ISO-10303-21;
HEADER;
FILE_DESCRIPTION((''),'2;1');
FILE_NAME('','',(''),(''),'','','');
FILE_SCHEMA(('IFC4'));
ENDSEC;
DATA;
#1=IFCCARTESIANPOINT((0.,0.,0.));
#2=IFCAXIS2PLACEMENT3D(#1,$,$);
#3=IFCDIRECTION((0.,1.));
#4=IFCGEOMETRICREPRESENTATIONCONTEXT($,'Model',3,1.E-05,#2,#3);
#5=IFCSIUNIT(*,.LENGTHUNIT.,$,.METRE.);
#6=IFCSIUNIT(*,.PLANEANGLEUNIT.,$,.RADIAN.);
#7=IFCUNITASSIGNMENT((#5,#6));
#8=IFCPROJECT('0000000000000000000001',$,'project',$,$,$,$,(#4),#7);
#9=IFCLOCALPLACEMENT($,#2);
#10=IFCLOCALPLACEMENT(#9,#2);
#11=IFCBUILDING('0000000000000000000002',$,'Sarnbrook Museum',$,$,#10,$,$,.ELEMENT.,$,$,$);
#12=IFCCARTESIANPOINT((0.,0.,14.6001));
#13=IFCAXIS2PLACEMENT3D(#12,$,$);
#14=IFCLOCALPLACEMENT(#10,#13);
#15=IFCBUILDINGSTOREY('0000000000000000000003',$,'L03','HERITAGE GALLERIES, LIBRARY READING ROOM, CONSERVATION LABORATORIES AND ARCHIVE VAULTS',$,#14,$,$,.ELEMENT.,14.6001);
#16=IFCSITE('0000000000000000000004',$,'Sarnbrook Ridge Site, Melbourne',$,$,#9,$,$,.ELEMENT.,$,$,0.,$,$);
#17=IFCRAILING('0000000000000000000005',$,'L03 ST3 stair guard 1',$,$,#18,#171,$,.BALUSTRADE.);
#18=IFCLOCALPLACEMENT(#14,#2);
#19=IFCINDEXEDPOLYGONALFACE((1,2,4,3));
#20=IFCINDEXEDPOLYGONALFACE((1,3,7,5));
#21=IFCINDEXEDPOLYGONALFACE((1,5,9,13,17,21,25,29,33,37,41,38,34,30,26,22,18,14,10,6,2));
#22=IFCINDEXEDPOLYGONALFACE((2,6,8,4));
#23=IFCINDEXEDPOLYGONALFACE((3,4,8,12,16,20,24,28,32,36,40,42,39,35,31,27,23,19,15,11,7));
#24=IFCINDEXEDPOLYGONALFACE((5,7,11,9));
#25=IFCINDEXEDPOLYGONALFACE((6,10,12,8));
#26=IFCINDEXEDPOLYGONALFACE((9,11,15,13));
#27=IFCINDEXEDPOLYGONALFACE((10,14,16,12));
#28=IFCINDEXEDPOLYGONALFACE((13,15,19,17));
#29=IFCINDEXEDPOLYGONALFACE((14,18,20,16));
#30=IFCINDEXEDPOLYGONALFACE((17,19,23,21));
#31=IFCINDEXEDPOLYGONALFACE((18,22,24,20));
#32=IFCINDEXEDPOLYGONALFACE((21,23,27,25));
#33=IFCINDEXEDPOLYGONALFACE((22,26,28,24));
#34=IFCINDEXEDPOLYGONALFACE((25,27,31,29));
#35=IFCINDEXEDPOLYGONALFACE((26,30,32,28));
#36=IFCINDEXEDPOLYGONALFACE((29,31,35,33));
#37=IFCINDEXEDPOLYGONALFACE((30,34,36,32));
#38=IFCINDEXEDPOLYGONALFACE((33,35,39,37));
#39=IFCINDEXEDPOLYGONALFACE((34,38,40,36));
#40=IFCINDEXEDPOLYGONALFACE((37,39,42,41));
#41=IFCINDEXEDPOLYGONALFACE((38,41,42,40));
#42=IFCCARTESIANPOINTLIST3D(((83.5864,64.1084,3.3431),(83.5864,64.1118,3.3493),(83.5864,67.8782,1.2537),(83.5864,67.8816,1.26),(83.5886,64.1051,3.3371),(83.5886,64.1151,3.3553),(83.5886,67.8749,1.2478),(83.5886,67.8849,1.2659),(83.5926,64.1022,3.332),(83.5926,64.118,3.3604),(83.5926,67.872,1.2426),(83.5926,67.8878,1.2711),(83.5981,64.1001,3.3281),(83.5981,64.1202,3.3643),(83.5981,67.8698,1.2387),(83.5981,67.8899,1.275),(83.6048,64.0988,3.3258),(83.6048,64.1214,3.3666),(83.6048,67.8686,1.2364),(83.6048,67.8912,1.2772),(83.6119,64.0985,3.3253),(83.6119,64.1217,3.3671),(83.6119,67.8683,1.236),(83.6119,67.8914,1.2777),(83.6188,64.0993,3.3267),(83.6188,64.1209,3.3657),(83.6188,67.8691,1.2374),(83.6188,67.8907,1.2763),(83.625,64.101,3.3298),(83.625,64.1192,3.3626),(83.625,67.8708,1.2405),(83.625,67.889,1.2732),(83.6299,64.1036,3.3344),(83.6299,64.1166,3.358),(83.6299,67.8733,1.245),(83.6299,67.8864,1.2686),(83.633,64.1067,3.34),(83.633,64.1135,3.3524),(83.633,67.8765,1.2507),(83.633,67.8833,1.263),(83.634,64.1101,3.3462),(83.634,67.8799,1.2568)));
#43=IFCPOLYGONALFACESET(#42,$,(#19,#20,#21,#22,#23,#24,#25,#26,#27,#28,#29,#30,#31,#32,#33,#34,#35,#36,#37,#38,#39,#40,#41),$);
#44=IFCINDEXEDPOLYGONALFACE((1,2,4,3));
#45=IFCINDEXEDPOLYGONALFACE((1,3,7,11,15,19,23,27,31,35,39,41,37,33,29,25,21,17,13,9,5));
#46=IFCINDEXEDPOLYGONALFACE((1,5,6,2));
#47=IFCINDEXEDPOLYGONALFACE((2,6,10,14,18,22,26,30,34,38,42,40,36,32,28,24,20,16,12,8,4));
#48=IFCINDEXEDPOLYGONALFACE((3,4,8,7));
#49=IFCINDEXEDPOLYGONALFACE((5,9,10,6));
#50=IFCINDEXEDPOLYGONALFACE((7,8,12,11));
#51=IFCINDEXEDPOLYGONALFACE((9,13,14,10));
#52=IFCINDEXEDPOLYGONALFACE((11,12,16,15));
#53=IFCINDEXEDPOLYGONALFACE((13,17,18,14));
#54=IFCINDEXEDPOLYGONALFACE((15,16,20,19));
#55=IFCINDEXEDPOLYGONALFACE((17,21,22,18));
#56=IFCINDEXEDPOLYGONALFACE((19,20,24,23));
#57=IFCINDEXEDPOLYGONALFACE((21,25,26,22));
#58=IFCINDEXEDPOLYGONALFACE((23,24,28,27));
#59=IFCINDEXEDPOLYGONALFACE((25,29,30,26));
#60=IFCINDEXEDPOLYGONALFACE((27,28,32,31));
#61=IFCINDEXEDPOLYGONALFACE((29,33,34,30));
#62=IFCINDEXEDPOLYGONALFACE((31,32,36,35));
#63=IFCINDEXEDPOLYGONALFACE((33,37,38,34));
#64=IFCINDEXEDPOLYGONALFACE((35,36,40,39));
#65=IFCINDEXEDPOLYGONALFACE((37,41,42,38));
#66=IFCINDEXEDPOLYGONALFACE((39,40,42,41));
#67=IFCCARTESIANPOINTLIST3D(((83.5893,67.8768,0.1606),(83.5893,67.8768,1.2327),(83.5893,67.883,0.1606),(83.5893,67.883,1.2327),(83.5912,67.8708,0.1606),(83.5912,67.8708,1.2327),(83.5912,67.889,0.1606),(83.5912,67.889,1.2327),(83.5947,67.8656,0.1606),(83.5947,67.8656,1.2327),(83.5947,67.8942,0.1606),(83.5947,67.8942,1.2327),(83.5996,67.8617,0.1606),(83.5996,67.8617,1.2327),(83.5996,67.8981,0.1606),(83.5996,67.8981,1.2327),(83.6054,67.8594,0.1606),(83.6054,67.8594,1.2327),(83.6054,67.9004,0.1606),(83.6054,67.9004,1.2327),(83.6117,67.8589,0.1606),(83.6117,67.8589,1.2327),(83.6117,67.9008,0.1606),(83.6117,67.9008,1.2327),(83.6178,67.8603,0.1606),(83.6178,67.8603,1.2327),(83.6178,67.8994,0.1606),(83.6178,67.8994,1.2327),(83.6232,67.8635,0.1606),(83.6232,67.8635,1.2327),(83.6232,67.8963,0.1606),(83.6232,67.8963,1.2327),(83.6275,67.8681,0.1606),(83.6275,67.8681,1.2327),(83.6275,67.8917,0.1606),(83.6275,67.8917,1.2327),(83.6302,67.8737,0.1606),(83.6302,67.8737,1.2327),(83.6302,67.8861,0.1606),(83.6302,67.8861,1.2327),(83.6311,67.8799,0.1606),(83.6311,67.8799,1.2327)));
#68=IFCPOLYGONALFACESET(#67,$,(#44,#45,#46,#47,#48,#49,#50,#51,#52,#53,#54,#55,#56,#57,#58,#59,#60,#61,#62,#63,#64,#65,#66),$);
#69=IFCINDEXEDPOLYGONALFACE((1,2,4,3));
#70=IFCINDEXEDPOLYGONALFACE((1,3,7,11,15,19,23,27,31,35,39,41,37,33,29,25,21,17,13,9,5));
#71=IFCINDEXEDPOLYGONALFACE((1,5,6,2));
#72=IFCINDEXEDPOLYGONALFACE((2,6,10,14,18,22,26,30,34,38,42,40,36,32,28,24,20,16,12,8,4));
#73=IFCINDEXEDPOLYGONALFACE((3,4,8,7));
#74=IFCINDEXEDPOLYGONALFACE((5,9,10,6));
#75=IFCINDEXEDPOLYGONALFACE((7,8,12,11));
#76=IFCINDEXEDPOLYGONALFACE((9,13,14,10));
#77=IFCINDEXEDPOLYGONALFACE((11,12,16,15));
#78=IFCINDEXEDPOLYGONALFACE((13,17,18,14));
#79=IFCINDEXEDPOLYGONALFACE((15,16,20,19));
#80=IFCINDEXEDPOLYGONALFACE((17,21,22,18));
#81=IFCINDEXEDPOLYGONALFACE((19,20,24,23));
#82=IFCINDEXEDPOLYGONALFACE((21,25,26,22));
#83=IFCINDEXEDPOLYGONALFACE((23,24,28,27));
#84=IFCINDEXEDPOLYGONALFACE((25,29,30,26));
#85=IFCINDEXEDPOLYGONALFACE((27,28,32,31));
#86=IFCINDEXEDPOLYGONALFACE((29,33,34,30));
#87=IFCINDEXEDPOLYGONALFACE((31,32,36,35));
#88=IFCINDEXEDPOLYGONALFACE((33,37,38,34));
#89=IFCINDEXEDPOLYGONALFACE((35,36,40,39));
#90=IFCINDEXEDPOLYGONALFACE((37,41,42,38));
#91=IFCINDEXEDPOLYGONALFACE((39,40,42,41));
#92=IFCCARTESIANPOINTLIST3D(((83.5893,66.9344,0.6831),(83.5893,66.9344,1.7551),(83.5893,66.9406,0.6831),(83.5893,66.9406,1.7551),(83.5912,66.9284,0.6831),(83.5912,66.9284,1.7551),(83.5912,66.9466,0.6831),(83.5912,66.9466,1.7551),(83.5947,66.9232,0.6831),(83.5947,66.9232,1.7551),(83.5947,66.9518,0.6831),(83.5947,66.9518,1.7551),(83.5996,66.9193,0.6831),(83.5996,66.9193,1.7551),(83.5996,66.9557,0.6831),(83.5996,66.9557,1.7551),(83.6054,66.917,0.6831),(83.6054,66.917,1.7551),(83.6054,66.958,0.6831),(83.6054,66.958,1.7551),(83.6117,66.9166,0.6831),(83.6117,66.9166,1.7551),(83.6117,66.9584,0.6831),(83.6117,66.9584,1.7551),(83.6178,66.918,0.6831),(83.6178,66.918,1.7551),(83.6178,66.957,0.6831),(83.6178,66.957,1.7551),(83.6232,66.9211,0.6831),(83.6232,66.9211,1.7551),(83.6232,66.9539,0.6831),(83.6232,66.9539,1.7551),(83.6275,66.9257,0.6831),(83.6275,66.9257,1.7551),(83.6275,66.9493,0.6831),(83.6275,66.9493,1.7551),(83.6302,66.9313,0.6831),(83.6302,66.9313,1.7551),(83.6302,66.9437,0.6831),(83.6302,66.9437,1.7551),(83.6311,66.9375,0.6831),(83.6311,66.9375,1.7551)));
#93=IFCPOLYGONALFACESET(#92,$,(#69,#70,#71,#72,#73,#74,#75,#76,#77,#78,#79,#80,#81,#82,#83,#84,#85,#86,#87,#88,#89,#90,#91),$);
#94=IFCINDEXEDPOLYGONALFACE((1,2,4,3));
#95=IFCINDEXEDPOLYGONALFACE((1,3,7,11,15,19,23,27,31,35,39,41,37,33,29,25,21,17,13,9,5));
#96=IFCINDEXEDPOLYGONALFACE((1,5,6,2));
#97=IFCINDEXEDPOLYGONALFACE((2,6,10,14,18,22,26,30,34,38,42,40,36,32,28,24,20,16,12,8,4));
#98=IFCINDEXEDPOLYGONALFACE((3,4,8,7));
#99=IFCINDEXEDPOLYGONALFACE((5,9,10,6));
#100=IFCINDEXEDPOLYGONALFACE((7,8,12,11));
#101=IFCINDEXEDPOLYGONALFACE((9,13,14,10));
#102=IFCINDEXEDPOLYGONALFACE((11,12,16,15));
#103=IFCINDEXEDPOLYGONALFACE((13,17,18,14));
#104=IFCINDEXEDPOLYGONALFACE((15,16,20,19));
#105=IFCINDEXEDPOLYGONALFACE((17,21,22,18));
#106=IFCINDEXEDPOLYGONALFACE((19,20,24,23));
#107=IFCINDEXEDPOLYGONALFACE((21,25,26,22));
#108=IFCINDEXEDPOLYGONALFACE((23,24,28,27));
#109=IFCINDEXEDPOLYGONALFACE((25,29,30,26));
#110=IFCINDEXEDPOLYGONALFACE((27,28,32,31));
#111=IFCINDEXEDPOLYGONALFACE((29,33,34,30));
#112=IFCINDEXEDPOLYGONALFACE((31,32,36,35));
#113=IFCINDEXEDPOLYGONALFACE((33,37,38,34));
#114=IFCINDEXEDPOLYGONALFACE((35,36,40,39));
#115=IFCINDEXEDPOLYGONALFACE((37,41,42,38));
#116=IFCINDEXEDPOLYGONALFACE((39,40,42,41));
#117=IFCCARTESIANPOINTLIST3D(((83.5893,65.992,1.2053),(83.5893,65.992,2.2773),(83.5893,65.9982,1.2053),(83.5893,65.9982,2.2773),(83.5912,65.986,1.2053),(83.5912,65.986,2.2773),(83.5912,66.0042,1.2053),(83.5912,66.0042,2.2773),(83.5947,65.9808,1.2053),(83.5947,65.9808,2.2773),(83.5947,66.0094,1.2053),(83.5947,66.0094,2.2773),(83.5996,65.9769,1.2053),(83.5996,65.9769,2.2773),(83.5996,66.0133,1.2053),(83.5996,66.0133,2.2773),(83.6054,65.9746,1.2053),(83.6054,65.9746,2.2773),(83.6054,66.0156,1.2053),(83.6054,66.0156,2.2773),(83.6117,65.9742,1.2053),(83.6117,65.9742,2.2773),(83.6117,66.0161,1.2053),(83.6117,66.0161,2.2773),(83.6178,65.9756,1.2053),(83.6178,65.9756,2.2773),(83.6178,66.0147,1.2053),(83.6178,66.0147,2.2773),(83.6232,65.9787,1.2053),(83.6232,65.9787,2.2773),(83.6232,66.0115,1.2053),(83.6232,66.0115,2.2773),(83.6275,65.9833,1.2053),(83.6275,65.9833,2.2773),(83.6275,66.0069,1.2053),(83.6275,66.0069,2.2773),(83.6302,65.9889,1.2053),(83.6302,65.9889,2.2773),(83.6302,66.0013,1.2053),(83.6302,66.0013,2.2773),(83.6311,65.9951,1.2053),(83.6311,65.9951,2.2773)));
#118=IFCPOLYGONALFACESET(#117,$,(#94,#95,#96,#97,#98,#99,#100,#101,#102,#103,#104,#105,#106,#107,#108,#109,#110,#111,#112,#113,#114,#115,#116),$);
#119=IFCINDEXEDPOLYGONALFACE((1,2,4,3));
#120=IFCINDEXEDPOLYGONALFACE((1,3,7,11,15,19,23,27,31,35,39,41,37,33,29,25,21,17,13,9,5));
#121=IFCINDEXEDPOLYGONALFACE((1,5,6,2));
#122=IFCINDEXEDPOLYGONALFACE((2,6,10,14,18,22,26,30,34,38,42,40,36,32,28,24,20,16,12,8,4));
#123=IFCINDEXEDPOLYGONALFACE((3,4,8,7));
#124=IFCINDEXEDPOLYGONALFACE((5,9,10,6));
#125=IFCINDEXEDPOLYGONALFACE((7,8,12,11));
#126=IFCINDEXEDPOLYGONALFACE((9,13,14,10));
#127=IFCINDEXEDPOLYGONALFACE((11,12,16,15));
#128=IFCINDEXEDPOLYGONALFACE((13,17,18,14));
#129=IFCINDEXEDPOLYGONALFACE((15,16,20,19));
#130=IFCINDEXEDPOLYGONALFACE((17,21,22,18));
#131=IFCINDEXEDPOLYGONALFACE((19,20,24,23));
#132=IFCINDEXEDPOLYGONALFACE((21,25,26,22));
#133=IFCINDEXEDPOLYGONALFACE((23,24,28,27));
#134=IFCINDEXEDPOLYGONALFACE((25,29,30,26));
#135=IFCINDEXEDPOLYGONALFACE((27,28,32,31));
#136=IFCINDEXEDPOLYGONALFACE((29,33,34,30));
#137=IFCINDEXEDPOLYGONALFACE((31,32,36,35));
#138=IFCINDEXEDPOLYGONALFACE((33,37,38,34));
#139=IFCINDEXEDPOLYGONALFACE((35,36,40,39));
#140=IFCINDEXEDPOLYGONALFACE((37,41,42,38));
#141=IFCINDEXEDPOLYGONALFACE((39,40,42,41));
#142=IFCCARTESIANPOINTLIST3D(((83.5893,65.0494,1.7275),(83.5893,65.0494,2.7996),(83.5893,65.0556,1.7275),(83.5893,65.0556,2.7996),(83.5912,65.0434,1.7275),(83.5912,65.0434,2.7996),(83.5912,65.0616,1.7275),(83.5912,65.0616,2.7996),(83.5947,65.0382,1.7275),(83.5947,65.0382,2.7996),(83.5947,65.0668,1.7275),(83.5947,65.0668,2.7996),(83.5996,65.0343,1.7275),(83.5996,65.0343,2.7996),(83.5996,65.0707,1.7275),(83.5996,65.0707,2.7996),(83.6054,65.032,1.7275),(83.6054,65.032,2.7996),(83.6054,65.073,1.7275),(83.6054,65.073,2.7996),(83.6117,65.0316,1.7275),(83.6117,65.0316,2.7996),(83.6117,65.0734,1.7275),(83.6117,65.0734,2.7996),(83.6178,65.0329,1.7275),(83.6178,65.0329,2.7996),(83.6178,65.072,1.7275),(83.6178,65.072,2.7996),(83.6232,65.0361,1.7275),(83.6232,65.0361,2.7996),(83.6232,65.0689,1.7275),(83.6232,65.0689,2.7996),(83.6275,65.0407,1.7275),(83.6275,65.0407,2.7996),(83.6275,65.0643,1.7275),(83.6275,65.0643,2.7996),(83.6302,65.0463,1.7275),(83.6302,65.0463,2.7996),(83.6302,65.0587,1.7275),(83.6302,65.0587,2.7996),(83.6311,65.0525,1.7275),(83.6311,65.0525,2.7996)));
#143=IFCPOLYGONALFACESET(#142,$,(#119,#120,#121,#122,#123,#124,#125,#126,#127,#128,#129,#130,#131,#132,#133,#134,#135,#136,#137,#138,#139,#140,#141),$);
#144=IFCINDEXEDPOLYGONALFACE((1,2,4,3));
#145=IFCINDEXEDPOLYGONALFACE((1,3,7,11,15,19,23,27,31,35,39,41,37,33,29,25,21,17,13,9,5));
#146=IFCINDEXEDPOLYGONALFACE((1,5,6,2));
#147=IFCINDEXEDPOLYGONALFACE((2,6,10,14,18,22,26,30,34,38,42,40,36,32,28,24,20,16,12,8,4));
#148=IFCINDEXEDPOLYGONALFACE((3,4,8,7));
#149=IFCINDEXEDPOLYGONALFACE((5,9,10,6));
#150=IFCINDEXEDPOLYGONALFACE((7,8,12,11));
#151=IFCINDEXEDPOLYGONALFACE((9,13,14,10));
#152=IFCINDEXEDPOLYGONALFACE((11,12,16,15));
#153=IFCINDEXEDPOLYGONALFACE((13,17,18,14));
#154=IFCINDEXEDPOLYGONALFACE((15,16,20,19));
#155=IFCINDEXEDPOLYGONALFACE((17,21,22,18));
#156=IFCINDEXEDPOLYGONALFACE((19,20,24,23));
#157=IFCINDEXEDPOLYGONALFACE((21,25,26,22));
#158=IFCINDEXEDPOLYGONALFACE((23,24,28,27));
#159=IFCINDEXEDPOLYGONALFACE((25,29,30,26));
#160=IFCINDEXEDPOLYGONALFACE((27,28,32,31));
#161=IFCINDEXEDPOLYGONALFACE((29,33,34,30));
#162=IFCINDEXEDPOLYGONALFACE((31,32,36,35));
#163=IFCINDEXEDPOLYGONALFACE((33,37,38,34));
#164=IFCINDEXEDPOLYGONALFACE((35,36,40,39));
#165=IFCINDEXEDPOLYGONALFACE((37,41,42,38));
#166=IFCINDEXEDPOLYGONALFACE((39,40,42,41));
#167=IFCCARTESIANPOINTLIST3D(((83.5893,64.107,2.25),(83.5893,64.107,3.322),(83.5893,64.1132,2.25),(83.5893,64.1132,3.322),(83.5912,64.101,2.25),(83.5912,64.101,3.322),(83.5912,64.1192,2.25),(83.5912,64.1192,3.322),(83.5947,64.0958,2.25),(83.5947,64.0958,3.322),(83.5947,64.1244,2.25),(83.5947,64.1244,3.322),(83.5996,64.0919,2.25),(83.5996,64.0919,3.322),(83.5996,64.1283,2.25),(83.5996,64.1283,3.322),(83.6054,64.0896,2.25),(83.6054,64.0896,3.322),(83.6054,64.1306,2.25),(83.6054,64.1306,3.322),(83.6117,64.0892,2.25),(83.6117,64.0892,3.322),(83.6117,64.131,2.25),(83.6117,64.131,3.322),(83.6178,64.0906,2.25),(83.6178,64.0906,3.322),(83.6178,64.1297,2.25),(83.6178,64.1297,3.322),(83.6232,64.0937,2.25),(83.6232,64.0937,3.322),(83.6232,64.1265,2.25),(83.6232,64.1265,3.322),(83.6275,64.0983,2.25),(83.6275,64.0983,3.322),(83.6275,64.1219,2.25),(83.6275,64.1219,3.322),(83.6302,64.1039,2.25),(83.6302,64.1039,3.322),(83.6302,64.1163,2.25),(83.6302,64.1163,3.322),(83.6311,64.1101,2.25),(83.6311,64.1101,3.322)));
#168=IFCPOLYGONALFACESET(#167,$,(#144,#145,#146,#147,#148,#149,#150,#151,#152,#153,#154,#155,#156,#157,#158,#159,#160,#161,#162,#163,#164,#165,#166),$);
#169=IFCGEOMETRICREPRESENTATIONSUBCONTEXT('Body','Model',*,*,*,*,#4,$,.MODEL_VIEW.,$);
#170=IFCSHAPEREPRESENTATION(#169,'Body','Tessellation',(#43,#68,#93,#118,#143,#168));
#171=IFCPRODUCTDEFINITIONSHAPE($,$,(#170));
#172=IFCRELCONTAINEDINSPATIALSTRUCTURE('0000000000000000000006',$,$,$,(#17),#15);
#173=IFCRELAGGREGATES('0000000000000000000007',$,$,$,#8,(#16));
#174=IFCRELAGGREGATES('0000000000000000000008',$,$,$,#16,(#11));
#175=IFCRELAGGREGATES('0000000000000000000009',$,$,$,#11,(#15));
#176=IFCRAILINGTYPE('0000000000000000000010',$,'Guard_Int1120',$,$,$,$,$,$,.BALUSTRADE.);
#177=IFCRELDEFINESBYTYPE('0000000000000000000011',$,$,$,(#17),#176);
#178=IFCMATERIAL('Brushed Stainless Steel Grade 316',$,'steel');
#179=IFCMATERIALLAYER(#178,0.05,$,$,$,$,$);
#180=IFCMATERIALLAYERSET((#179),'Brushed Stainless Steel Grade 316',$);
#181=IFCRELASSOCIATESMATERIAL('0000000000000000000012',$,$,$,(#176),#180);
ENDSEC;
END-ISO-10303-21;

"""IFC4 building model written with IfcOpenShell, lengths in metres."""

from ifc_helpers import new_model, si_unit, direction, frame, origin, origin_2d, place, context, subcontext, project, spatial, circle, extrude, material, layer, layer_set, type_object, element, save


model = new_model("IFC4")

# Units and contexts
model_context = context("Model", 3, precision=1e-05, world=origin(), true_north=direction((0.0, 1.0)))
body_context = subcontext(model_context, "Body", "Model", "MODEL_VIEW")
ifc_project = project(units=[si_unit("LENGTHUNIT", "METRE"), si_unit("PLANEANGLEUNIT", "RADIAN")], contexts=[model_context])

# Site, building, storey
site_placement = place(None, origin())
site = spatial("IfcSite", under=ifc_project, at=site_placement, Name="Sarnbrook Ridge Site, Melbourne", CompositionType="ELEMENT", RefElevation=0.0)
building_placement = place(site_placement, origin())
building = spatial("IfcBuilding", under=site, at=building_placement, Name="Sarnbrook Museum", CompositionType="ELEMENT")
storey_placement = place(building_placement, frame((0.0, 0.0, 14.6001)))
storey = spatial("IfcBuildingStorey", under=building, at=storey_placement, Name="L03", Description="HERITAGE GALLERIES, LIBRARY READING ROOM, CONSERVATION LABORATORIES AND ARCHIVE VAULTS", CompositionType="ELEMENT", Elevation=14.6001)

# Railing
ifc_material_1 = material(Name="Brushed Stainless Steel Grade 316", Category="steel")
ifc_layer_1 = layer(ifc_material_1, 0.05)
ifc_layer_set_1 = layer_set([ifc_layer_1], Name="Brushed Stainless Steel Grade 316")
railing_type_1 = type_object("IfcRailingType", Name="Guard_Int1120", PredefinedType="BALUSTRADE", material=ifc_layer_set_1)
railing_1_placement = place(storey_placement, frame((83.6101, 67.8799, 0.1606)))
element("IfcRailing", 1, at=railing_1_placement, inside=storey, type_object=railing_type_1, Name="L03 ST3 stair guard 1", PredefinedType="BALUSTRADE", context=body_context, shape_type="SweptSolid", body=[
    extrude(circle(Radius=0.0239, at=origin_2d()), frame((0.0, 0.0, 1.0962), z_axis=(0.0, -0.874646, 0.484763), x_axis=(1.0, 0.0, 0.0)), (0.0, 0.0, 1.0), 4.3101),
    extrude(circle(Radius=0.021, at=origin_2d()), origin(), (0.0, 0.0, 1.0), 1.072),
    extrude(circle(Radius=0.021, at=origin_2d()), frame((0.0, -0.9424, 0.5225)), (0.0, 0.0, 1.0), 1.072),
    extrude(circle(Radius=0.021, at=origin_2d()), frame((0.0, -1.8848, 1.0447)), (0.0, 0.0, 1.0), 1.072),
    extrude(circle(Radius=0.021, at=origin_2d()), frame((0.0, -2.8274, 1.5669)), (0.0, 0.0, 1.0), 1.072),
    extrude(circle(Radius=0.021, at=origin_2d()), frame((0.0, -3.7698, 2.0894)), (0.0, 0.0, 1.0), 1.072),
])

save(model, "model.ifc")
